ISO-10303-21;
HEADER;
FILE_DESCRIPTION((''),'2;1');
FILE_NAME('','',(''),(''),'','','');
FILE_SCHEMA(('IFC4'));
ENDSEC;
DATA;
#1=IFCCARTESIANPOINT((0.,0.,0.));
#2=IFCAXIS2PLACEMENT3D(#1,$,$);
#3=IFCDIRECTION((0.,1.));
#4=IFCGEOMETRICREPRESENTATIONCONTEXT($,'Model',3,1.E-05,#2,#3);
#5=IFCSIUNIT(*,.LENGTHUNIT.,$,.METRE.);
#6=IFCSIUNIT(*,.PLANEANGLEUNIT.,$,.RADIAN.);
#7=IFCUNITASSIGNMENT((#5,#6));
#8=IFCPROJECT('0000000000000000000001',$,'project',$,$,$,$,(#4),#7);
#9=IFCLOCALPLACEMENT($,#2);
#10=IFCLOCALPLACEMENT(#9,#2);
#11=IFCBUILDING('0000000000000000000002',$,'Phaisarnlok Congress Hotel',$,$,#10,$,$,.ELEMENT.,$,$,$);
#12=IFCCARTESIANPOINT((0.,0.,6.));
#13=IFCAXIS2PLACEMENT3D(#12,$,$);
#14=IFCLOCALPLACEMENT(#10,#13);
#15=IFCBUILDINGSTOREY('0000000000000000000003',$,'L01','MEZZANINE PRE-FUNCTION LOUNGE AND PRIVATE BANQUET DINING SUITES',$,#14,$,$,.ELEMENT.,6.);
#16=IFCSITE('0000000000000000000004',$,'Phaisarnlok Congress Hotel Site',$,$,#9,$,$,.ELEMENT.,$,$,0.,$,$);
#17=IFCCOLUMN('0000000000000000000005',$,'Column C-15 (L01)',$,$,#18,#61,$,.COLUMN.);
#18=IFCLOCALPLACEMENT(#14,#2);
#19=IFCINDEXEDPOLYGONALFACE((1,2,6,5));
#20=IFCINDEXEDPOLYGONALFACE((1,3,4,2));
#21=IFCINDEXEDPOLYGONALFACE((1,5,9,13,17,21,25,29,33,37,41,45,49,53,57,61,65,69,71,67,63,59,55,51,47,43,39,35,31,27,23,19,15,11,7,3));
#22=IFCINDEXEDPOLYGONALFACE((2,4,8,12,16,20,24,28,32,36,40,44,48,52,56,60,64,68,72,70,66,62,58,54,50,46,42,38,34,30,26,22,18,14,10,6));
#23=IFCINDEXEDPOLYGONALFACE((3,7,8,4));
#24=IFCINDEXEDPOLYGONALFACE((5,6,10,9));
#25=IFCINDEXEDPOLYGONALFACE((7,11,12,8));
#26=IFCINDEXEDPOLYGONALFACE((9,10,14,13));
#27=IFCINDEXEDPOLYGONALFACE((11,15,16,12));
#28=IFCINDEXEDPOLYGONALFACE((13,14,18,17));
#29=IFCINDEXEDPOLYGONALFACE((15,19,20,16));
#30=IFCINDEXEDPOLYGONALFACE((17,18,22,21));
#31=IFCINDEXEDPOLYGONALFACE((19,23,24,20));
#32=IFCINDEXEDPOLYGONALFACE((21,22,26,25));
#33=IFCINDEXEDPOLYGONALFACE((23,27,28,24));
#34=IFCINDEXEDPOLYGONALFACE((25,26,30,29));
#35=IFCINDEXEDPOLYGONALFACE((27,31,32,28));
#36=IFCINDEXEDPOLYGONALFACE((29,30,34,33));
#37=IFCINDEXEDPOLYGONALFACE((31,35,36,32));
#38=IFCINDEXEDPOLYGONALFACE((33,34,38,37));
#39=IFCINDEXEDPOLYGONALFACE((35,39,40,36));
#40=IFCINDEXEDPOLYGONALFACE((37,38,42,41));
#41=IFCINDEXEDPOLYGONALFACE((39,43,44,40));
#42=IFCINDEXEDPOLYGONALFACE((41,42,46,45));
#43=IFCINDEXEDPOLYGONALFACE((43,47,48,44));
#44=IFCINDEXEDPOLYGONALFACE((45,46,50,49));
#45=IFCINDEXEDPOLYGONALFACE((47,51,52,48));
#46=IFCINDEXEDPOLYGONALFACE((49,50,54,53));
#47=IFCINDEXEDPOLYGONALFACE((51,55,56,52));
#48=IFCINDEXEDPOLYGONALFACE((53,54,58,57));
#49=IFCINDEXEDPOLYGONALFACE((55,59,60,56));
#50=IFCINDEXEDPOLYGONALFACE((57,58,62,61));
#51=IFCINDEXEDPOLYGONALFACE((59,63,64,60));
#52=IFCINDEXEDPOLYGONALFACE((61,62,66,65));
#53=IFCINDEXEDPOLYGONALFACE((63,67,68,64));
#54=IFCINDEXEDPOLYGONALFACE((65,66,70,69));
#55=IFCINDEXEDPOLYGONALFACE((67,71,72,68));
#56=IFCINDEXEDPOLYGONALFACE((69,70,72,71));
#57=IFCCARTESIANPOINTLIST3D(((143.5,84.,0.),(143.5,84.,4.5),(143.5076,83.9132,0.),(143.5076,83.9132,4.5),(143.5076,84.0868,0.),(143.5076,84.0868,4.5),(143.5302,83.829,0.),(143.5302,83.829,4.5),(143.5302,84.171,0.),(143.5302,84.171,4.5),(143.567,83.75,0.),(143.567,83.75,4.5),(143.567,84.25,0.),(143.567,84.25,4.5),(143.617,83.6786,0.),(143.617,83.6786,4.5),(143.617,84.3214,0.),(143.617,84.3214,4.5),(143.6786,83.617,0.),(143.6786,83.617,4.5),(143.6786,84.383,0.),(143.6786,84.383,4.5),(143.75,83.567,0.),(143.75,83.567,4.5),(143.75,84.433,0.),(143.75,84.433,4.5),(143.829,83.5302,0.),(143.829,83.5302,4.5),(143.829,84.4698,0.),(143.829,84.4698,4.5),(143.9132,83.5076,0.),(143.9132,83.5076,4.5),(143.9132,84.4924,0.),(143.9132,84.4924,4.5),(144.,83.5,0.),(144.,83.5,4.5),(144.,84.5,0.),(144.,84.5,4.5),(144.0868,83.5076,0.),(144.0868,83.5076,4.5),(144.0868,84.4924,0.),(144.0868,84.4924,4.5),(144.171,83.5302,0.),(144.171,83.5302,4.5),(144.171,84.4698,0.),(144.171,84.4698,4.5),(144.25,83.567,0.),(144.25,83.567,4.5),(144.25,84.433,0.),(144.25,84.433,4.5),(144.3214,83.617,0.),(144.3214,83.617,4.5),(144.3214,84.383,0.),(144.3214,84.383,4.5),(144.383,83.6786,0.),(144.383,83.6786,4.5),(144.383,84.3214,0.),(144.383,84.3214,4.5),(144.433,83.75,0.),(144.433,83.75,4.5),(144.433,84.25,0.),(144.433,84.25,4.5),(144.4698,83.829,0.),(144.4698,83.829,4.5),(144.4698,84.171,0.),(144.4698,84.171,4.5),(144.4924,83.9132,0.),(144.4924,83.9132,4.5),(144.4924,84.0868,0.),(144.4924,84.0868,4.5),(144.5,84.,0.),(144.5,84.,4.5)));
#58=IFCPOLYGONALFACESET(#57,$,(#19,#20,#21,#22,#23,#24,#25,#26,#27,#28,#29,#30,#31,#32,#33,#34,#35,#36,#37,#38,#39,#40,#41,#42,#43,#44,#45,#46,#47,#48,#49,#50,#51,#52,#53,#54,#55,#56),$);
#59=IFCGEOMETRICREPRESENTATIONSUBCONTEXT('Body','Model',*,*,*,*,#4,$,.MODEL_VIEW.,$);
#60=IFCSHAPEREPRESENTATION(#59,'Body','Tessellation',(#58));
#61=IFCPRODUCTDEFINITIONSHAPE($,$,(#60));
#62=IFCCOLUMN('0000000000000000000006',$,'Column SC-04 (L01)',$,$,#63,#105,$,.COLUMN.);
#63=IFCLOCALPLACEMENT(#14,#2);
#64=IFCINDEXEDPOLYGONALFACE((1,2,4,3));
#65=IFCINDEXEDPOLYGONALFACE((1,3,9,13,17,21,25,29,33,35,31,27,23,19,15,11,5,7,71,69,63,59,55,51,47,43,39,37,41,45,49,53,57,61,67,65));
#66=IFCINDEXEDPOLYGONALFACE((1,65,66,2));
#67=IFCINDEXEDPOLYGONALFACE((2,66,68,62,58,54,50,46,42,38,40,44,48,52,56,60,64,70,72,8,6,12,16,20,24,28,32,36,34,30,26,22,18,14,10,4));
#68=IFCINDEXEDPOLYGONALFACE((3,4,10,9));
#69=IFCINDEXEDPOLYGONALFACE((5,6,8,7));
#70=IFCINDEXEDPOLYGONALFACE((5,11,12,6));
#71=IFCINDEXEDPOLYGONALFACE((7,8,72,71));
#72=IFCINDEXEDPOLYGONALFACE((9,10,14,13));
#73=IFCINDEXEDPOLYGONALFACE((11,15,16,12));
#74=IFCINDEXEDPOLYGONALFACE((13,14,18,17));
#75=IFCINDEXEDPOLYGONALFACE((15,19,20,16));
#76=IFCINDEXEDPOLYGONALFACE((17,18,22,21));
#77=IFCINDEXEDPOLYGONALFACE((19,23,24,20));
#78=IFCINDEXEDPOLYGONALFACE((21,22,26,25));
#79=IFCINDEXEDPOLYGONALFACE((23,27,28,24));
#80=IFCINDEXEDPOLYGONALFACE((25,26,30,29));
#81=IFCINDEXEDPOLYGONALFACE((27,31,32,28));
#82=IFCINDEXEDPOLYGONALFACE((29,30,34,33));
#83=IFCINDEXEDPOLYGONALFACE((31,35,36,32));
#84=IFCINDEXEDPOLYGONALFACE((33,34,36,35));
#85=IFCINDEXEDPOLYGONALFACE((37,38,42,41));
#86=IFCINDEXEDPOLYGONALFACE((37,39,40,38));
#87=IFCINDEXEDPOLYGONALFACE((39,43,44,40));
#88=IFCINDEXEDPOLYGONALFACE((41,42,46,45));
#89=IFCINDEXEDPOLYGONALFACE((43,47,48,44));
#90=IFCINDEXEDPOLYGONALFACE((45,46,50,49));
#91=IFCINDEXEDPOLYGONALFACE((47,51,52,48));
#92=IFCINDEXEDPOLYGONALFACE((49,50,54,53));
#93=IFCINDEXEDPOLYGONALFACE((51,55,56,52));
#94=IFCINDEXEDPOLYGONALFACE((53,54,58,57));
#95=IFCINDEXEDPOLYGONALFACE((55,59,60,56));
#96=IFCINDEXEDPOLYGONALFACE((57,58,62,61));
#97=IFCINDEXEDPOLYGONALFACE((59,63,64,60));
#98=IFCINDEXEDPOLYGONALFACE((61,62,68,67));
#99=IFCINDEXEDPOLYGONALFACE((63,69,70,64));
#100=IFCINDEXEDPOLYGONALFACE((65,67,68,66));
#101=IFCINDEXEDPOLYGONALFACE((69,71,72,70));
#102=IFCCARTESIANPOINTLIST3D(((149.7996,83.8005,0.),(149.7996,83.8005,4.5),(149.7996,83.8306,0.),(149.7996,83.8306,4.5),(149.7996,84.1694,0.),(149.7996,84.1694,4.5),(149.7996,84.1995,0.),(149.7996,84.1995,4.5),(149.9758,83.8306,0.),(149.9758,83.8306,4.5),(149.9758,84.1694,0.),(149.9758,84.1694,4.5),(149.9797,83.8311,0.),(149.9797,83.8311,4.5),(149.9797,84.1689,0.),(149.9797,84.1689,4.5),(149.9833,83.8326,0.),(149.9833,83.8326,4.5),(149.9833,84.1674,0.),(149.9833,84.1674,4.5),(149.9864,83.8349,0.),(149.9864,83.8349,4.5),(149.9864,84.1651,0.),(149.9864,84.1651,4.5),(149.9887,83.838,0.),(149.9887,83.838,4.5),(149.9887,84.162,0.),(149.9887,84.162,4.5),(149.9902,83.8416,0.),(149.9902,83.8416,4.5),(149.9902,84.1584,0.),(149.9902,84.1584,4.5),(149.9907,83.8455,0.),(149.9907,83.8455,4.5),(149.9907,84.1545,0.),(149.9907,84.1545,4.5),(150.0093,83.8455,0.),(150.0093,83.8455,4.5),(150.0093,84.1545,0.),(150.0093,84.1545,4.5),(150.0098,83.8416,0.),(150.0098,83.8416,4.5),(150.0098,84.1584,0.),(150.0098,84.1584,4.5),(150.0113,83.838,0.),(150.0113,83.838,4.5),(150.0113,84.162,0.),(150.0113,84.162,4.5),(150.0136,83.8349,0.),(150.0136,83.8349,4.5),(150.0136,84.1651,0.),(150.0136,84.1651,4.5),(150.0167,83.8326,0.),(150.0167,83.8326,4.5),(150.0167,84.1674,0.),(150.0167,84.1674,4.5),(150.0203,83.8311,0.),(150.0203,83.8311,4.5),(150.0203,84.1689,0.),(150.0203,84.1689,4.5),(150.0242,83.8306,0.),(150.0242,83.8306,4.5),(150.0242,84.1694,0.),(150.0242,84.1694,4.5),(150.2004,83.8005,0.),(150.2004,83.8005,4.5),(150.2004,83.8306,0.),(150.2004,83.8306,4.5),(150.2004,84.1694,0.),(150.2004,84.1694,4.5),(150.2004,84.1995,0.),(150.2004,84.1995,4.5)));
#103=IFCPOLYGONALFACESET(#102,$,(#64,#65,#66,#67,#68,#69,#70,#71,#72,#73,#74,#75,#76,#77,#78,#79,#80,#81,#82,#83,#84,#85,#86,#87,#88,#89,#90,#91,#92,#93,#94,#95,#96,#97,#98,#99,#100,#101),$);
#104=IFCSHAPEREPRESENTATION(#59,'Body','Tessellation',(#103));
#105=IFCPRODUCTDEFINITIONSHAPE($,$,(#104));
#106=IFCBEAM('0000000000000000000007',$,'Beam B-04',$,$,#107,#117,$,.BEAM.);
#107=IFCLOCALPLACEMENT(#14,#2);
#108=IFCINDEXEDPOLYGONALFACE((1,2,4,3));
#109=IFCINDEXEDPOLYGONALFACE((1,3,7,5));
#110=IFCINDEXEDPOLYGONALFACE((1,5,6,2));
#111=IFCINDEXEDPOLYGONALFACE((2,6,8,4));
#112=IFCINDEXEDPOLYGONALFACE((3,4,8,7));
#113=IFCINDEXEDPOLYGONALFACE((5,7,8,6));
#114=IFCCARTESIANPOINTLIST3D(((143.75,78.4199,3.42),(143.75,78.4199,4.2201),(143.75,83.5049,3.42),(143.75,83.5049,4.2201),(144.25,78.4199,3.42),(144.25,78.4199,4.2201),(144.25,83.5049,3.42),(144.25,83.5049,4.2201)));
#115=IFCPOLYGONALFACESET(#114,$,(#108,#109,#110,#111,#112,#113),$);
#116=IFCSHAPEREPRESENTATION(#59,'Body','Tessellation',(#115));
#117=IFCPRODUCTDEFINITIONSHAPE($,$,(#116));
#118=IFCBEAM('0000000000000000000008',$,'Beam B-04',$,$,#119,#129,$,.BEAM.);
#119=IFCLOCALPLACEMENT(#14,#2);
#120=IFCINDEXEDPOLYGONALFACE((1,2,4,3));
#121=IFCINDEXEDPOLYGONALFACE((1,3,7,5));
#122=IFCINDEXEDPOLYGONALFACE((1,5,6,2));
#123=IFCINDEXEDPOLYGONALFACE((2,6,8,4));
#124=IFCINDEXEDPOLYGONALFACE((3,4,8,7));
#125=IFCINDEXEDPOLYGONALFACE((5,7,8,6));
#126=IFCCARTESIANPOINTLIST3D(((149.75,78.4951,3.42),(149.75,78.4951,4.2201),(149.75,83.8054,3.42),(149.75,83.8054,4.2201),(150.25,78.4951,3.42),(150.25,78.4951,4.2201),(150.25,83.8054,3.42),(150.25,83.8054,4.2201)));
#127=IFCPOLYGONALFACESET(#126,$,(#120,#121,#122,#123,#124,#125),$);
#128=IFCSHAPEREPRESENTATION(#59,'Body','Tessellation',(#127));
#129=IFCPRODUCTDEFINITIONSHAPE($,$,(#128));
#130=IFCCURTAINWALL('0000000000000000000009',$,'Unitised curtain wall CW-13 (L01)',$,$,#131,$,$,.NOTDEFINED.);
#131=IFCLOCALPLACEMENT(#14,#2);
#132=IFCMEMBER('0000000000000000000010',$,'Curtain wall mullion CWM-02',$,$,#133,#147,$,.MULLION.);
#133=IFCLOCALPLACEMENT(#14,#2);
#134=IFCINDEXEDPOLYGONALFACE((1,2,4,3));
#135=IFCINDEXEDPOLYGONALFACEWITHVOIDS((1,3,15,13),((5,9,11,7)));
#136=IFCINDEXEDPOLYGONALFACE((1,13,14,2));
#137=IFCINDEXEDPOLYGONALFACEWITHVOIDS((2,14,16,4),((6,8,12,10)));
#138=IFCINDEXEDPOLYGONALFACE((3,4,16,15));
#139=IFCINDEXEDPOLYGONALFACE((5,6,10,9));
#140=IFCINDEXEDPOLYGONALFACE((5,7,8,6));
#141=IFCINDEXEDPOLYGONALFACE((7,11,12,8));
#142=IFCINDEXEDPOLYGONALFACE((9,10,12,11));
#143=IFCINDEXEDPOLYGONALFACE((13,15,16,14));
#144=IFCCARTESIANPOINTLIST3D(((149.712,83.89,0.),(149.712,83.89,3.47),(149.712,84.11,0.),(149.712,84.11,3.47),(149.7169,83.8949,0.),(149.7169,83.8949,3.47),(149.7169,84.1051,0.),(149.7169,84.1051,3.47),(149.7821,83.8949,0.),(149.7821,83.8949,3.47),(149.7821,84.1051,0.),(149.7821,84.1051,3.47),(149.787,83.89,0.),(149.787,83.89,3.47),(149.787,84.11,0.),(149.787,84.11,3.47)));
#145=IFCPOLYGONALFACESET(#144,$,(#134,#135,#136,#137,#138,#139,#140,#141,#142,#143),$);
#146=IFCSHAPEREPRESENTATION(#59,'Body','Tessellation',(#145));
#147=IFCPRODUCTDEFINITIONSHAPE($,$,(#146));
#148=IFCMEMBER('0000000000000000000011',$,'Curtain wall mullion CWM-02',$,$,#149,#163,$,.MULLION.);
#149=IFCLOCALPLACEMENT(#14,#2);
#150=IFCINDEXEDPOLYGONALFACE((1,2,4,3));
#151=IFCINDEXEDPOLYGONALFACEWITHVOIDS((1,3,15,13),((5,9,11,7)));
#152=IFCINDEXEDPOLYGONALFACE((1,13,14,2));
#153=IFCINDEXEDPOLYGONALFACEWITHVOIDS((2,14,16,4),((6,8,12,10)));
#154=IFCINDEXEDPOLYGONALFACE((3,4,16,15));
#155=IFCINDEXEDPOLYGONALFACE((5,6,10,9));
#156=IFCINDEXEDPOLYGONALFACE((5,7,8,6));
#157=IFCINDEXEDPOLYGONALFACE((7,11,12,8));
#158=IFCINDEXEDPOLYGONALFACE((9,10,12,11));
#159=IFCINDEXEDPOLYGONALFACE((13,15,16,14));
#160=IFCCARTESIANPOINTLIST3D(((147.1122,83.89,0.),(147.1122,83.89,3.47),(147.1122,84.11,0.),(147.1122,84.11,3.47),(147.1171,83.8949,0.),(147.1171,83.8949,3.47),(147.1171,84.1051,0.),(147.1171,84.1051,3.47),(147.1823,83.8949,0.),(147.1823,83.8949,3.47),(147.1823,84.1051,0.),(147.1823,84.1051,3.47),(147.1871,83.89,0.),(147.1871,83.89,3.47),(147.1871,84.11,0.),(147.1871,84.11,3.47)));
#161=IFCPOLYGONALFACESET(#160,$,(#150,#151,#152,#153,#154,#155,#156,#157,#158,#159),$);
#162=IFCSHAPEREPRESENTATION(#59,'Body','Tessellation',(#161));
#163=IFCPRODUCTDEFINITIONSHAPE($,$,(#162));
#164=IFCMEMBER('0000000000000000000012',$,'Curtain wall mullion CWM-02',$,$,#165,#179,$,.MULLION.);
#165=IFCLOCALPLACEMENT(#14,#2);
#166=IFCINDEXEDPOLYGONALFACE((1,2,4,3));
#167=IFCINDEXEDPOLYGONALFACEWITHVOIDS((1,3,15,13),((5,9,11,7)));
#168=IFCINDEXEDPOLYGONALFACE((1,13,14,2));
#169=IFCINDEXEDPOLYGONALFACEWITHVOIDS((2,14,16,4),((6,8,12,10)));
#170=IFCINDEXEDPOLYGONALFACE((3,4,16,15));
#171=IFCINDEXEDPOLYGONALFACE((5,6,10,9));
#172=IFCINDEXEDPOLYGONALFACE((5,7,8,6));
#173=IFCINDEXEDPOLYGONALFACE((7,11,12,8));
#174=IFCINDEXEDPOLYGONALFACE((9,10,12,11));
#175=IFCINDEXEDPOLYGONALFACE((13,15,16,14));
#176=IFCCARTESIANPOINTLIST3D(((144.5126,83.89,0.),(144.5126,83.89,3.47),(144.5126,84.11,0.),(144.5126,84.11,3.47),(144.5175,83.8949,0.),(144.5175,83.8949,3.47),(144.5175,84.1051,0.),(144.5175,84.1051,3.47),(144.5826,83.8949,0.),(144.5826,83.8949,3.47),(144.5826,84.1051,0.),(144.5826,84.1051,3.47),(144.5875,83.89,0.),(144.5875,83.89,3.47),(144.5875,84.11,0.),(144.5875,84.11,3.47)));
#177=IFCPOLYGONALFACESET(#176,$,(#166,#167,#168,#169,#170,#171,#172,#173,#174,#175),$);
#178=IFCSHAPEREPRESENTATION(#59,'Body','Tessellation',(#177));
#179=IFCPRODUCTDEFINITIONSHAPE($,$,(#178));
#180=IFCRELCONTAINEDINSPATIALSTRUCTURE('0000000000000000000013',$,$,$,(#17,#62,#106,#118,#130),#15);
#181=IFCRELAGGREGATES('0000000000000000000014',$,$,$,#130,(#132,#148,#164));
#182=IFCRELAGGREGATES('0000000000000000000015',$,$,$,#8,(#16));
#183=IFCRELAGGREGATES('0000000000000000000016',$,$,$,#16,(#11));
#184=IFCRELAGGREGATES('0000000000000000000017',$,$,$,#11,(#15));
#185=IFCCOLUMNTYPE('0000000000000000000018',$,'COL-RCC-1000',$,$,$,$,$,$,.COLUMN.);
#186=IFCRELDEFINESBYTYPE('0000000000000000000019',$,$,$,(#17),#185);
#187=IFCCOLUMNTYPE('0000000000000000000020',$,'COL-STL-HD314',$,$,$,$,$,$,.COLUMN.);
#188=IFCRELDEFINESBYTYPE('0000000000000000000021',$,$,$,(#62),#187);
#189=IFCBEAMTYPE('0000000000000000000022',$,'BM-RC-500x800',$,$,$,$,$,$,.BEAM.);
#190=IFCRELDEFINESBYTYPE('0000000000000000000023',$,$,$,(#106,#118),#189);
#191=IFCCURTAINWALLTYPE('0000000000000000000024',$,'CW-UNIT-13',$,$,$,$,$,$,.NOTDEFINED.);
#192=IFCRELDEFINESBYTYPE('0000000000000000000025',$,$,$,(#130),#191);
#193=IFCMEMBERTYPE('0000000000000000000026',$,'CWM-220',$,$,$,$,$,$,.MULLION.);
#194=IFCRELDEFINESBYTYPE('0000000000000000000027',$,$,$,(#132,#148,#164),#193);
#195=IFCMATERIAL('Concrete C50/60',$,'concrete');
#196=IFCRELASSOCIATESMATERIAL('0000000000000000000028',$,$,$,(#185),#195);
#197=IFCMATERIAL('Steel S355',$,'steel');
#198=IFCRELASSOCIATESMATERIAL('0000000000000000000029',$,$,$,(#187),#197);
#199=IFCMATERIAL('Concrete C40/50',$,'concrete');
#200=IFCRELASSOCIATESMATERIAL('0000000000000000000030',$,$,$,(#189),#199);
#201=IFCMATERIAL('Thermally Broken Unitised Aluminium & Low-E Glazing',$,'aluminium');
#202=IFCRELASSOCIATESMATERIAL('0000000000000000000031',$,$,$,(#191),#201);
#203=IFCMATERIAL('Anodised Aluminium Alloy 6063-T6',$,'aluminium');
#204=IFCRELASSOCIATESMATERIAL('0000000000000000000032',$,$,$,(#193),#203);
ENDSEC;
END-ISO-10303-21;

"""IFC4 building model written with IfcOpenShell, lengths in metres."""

from ifc_helpers import new_model, si_unit, direction, frame, origin, origin_2d, place, context, subcontext, project, spatial, rectangle, hollow_rectangle, circle, i_section, extrude, material, material_profile, profile_set, type_object, element, aggregate, save


model = new_model("IFC4")

# Units and contexts
model_context = context("Model", 3, precision=1e-05, world=origin(), true_north=direction((0.0, 1.0)))
body_context = subcontext(model_context, "Body", "Model", "MODEL_VIEW")
ifc_project = project(units=[si_unit("LENGTHUNIT", "METRE"), si_unit("PLANEANGLEUNIT", "RADIAN")], contexts=[model_context])

# Site, building, storey
site_placement = place(None, origin())
site = spatial("IfcSite", under=ifc_project, at=site_placement, Name="Phaisarnlok Congress Hotel Site", CompositionType="ELEMENT", RefElevation=0.0)
building_placement = place(site_placement, origin())
building = spatial("IfcBuilding", under=site, at=building_placement, Name="Phaisarnlok Congress Hotel", CompositionType="ELEMENT")
storey_placement = place(building_placement, frame((0.0, 0.0, 6.0)))
storey = spatial("IfcBuildingStorey", under=building, at=storey_placement, Name="L01", Description="MEZZANINE PRE-FUNCTION LOUNGE AND PRIVATE BANQUET DINING SUITES", CompositionType="ELEMENT", Elevation=6.0)

# Columns
ifc_material_1 = material(Name="Concrete C50/60", Category="concrete")
ifc_material_profile_1 = material_profile(ifc_material_1, circle(Radius=0.5, at=origin_2d()), Name="RCC D1000")
ifc_profile_set_1 = profile_set([ifc_material_profile_1], Name="Concrete C50/60")
column_type_1 = type_object("IfcColumnType", Name="COL-RCC-1000", PredefinedType="COLUMN", material=ifc_profile_set_1)
column_1_placement = place(storey_placement, frame((144.0, 84.0, 0.0), z_axis=(0.0, 0.0, 1.0), x_axis=(1.0, 0.0, 0.0)))
element("IfcColumn", 1, at=column_1_placement, inside=storey, type_object=column_type_1, Name="Column C-15 (L01)", PredefinedType="COLUMN", context=body_context, shape_type="SweptSolid", body=[
    extrude(circle(Radius=0.5, at=origin_2d()), origin(), (0.0, 0.0, 1.0), 4.5),
])
ifc_material_2 = material(Name="Steel S355", Category="steel")
ifc_material_profile_2 = material_profile(ifc_material_2, i_section(OverallWidth=0.4009, OverallDepth=0.3989, WebThickness=0.0186, FlangeThickness=0.03, FilletRadius=0.0149, at=origin_2d()), Name="HD 400x314")
ifc_profile_set_2 = profile_set([ifc_material_profile_2], Name="Steel S355")
column_type_2 = type_object("IfcColumnType", Name="COL-STL-HD314", PredefinedType="COLUMN", material=ifc_profile_set_2)
column_2_placement = place(storey_placement, frame((150.0, 84.0, 0.0), z_axis=(0.0, 0.0, 1.0), x_axis=(1.0, 0.0, 0.0)))
element("IfcColumn", 2, at=column_2_placement, inside=storey, type_object=column_type_2, Name="Column SC-04 (L01)", PredefinedType="COLUMN", context=body_context, shape_type="SweptSolid", body=[
    extrude(i_section(OverallWidth=0.4009, OverallDepth=0.3989, WebThickness=0.0186, FlangeThickness=0.03, FilletRadius=0.0149, at=origin_2d()), origin(), (0.0, 0.0, 1.0), 4.5),
])

# Beams
ifc_material_3 = material(Name="Concrete C40/50", Category="concrete")
ifc_material_profile_3 = material_profile(ifc_material_3, rectangle(XDim=0.5, YDim=0.8, at=origin_2d()), Name="RC 500x800")
ifc_profile_set_3 = profile_set([ifc_material_profile_3], Name="Concrete C40/50")
beam_type_1 = type_object("IfcBeamType", Name="BM-RC-500x800", PredefinedType="BEAM", material=ifc_profile_set_3)
beam_1_placement = place(storey_placement, frame((144.0, 78.4199, 3.8201), z_axis=(0.0, 1.0, 0.0), x_axis=(-1.0, 0.0, 0.0)))
element("IfcBeam", 3, at=beam_1_placement, inside=storey, type_object=beam_type_1, Name="Beam B-04", PredefinedType="BEAM", context=body_context, shape_type="SweptSolid", body=[
    extrude(rectangle(XDim=0.5, YDim=0.8, at=origin_2d()), origin(), (0.0, 0.0, 1.0), 5.085),
])
beam_2_placement = place(storey_placement, frame((150.0, 78.4951, 3.8201), z_axis=(0.0, 1.0, 0.0), x_axis=(-1.0, 0.0, 0.0)))
element("IfcBeam", 4, at=beam_2_placement, inside=storey, type_object=beam_type_1, Name="Beam B-04", PredefinedType="BEAM", context=body_context, shape_type="SweptSolid", body=[
    extrude(rectangle(XDim=0.5, YDim=0.8, at=origin_2d()), origin(), (0.0, 0.0, 1.0), 5.3103),
])

# Curtain wall, members
ifc_material_4 = material(Name="Thermally Broken Unitised Aluminium & Low-E Glazing", Category="aluminium")
curtain_wall_type_1 = type_object("IfcCurtainWallType", Name="CW-UNIT-13", PredefinedType="NOTDEFINED", material=ifc_material_4)
curtain_wall_1_placement = place(storey_placement, origin())
curtain_wall_1 = element("IfcCurtainWall", 5, at=curtain_wall_1_placement, inside=storey, type_object=curtain_wall_type_1, Name="Unitised curtain wall CW-13 (L01)", PredefinedType="NOTDEFINED")
ifc_material_5 = material(Name="Anodised Aluminium Alloy 6063-T6", Category="aluminium")
ifc_material_profile_4 = material_profile(ifc_material_5, hollow_rectangle(XDim=0.075, YDim=0.22, WallThickness=0.0049, at=origin_2d()), Name="ALU-M 75x220x5")
ifc_profile_set_4 = profile_set([ifc_material_profile_4], Name="Anodised Aluminium Alloy 6063-T6")
member_type_1 = type_object("IfcMemberType", Name="CWM-220", PredefinedType="MULLION", material=ifc_profile_set_4)
member_1_placement = place(storey_placement, frame((149.7495, 84.0, 0.0), z_axis=(0.0, 0.0, 1.0), x_axis=(-1.0, 0.0, 0.0)))
member_1 = element("IfcMember", 6, at=member_1_placement, type_object=member_type_1, Name="Curtain wall mullion CWM-02", PredefinedType="MULLION", context=body_context, shape_type="SweptSolid", body=[
    extrude(hollow_rectangle(XDim=0.075, YDim=0.22, WallThickness=0.0049, at=origin_2d()), origin(), (0.0, 0.0, 1.0), 3.47),
])
member_2_placement = place(storey_placement, frame((147.1497, 84.0, 0.0), z_axis=(0.0, 0.0, 1.0), x_axis=(-1.0, 0.0, 0.0)))
member_2 = element("IfcMember", 7, at=member_2_placement, type_object=member_type_1, Name="Curtain wall mullion CWM-02", PredefinedType="MULLION", context=body_context, shape_type="SweptSolid", body=[
    extrude(hollow_rectangle(XDim=0.075, YDim=0.22, WallThickness=0.0049, at=origin_2d()), origin(), (0.0, 0.0, 1.0), 3.47),
])
member_3_placement = place(storey_placement, frame((144.55, 84.0, 0.0), z_axis=(0.0, 0.0, 1.0), x_axis=(-1.0, 0.0, 0.0)))
member_3 = element("IfcMember", 8, at=member_3_placement, type_object=member_type_1, Name="Curtain wall mullion CWM-02", PredefinedType="MULLION", context=body_context, shape_type="SweptSolid", body=[
    extrude(hollow_rectangle(XDim=0.075, YDim=0.22, WallThickness=0.0049, at=origin_2d()), origin(), (0.0, 0.0, 1.0), 3.47),
])

aggregate(curtain_wall_1, [member_1, member_2, member_3])

save(model, "model.ifc")
